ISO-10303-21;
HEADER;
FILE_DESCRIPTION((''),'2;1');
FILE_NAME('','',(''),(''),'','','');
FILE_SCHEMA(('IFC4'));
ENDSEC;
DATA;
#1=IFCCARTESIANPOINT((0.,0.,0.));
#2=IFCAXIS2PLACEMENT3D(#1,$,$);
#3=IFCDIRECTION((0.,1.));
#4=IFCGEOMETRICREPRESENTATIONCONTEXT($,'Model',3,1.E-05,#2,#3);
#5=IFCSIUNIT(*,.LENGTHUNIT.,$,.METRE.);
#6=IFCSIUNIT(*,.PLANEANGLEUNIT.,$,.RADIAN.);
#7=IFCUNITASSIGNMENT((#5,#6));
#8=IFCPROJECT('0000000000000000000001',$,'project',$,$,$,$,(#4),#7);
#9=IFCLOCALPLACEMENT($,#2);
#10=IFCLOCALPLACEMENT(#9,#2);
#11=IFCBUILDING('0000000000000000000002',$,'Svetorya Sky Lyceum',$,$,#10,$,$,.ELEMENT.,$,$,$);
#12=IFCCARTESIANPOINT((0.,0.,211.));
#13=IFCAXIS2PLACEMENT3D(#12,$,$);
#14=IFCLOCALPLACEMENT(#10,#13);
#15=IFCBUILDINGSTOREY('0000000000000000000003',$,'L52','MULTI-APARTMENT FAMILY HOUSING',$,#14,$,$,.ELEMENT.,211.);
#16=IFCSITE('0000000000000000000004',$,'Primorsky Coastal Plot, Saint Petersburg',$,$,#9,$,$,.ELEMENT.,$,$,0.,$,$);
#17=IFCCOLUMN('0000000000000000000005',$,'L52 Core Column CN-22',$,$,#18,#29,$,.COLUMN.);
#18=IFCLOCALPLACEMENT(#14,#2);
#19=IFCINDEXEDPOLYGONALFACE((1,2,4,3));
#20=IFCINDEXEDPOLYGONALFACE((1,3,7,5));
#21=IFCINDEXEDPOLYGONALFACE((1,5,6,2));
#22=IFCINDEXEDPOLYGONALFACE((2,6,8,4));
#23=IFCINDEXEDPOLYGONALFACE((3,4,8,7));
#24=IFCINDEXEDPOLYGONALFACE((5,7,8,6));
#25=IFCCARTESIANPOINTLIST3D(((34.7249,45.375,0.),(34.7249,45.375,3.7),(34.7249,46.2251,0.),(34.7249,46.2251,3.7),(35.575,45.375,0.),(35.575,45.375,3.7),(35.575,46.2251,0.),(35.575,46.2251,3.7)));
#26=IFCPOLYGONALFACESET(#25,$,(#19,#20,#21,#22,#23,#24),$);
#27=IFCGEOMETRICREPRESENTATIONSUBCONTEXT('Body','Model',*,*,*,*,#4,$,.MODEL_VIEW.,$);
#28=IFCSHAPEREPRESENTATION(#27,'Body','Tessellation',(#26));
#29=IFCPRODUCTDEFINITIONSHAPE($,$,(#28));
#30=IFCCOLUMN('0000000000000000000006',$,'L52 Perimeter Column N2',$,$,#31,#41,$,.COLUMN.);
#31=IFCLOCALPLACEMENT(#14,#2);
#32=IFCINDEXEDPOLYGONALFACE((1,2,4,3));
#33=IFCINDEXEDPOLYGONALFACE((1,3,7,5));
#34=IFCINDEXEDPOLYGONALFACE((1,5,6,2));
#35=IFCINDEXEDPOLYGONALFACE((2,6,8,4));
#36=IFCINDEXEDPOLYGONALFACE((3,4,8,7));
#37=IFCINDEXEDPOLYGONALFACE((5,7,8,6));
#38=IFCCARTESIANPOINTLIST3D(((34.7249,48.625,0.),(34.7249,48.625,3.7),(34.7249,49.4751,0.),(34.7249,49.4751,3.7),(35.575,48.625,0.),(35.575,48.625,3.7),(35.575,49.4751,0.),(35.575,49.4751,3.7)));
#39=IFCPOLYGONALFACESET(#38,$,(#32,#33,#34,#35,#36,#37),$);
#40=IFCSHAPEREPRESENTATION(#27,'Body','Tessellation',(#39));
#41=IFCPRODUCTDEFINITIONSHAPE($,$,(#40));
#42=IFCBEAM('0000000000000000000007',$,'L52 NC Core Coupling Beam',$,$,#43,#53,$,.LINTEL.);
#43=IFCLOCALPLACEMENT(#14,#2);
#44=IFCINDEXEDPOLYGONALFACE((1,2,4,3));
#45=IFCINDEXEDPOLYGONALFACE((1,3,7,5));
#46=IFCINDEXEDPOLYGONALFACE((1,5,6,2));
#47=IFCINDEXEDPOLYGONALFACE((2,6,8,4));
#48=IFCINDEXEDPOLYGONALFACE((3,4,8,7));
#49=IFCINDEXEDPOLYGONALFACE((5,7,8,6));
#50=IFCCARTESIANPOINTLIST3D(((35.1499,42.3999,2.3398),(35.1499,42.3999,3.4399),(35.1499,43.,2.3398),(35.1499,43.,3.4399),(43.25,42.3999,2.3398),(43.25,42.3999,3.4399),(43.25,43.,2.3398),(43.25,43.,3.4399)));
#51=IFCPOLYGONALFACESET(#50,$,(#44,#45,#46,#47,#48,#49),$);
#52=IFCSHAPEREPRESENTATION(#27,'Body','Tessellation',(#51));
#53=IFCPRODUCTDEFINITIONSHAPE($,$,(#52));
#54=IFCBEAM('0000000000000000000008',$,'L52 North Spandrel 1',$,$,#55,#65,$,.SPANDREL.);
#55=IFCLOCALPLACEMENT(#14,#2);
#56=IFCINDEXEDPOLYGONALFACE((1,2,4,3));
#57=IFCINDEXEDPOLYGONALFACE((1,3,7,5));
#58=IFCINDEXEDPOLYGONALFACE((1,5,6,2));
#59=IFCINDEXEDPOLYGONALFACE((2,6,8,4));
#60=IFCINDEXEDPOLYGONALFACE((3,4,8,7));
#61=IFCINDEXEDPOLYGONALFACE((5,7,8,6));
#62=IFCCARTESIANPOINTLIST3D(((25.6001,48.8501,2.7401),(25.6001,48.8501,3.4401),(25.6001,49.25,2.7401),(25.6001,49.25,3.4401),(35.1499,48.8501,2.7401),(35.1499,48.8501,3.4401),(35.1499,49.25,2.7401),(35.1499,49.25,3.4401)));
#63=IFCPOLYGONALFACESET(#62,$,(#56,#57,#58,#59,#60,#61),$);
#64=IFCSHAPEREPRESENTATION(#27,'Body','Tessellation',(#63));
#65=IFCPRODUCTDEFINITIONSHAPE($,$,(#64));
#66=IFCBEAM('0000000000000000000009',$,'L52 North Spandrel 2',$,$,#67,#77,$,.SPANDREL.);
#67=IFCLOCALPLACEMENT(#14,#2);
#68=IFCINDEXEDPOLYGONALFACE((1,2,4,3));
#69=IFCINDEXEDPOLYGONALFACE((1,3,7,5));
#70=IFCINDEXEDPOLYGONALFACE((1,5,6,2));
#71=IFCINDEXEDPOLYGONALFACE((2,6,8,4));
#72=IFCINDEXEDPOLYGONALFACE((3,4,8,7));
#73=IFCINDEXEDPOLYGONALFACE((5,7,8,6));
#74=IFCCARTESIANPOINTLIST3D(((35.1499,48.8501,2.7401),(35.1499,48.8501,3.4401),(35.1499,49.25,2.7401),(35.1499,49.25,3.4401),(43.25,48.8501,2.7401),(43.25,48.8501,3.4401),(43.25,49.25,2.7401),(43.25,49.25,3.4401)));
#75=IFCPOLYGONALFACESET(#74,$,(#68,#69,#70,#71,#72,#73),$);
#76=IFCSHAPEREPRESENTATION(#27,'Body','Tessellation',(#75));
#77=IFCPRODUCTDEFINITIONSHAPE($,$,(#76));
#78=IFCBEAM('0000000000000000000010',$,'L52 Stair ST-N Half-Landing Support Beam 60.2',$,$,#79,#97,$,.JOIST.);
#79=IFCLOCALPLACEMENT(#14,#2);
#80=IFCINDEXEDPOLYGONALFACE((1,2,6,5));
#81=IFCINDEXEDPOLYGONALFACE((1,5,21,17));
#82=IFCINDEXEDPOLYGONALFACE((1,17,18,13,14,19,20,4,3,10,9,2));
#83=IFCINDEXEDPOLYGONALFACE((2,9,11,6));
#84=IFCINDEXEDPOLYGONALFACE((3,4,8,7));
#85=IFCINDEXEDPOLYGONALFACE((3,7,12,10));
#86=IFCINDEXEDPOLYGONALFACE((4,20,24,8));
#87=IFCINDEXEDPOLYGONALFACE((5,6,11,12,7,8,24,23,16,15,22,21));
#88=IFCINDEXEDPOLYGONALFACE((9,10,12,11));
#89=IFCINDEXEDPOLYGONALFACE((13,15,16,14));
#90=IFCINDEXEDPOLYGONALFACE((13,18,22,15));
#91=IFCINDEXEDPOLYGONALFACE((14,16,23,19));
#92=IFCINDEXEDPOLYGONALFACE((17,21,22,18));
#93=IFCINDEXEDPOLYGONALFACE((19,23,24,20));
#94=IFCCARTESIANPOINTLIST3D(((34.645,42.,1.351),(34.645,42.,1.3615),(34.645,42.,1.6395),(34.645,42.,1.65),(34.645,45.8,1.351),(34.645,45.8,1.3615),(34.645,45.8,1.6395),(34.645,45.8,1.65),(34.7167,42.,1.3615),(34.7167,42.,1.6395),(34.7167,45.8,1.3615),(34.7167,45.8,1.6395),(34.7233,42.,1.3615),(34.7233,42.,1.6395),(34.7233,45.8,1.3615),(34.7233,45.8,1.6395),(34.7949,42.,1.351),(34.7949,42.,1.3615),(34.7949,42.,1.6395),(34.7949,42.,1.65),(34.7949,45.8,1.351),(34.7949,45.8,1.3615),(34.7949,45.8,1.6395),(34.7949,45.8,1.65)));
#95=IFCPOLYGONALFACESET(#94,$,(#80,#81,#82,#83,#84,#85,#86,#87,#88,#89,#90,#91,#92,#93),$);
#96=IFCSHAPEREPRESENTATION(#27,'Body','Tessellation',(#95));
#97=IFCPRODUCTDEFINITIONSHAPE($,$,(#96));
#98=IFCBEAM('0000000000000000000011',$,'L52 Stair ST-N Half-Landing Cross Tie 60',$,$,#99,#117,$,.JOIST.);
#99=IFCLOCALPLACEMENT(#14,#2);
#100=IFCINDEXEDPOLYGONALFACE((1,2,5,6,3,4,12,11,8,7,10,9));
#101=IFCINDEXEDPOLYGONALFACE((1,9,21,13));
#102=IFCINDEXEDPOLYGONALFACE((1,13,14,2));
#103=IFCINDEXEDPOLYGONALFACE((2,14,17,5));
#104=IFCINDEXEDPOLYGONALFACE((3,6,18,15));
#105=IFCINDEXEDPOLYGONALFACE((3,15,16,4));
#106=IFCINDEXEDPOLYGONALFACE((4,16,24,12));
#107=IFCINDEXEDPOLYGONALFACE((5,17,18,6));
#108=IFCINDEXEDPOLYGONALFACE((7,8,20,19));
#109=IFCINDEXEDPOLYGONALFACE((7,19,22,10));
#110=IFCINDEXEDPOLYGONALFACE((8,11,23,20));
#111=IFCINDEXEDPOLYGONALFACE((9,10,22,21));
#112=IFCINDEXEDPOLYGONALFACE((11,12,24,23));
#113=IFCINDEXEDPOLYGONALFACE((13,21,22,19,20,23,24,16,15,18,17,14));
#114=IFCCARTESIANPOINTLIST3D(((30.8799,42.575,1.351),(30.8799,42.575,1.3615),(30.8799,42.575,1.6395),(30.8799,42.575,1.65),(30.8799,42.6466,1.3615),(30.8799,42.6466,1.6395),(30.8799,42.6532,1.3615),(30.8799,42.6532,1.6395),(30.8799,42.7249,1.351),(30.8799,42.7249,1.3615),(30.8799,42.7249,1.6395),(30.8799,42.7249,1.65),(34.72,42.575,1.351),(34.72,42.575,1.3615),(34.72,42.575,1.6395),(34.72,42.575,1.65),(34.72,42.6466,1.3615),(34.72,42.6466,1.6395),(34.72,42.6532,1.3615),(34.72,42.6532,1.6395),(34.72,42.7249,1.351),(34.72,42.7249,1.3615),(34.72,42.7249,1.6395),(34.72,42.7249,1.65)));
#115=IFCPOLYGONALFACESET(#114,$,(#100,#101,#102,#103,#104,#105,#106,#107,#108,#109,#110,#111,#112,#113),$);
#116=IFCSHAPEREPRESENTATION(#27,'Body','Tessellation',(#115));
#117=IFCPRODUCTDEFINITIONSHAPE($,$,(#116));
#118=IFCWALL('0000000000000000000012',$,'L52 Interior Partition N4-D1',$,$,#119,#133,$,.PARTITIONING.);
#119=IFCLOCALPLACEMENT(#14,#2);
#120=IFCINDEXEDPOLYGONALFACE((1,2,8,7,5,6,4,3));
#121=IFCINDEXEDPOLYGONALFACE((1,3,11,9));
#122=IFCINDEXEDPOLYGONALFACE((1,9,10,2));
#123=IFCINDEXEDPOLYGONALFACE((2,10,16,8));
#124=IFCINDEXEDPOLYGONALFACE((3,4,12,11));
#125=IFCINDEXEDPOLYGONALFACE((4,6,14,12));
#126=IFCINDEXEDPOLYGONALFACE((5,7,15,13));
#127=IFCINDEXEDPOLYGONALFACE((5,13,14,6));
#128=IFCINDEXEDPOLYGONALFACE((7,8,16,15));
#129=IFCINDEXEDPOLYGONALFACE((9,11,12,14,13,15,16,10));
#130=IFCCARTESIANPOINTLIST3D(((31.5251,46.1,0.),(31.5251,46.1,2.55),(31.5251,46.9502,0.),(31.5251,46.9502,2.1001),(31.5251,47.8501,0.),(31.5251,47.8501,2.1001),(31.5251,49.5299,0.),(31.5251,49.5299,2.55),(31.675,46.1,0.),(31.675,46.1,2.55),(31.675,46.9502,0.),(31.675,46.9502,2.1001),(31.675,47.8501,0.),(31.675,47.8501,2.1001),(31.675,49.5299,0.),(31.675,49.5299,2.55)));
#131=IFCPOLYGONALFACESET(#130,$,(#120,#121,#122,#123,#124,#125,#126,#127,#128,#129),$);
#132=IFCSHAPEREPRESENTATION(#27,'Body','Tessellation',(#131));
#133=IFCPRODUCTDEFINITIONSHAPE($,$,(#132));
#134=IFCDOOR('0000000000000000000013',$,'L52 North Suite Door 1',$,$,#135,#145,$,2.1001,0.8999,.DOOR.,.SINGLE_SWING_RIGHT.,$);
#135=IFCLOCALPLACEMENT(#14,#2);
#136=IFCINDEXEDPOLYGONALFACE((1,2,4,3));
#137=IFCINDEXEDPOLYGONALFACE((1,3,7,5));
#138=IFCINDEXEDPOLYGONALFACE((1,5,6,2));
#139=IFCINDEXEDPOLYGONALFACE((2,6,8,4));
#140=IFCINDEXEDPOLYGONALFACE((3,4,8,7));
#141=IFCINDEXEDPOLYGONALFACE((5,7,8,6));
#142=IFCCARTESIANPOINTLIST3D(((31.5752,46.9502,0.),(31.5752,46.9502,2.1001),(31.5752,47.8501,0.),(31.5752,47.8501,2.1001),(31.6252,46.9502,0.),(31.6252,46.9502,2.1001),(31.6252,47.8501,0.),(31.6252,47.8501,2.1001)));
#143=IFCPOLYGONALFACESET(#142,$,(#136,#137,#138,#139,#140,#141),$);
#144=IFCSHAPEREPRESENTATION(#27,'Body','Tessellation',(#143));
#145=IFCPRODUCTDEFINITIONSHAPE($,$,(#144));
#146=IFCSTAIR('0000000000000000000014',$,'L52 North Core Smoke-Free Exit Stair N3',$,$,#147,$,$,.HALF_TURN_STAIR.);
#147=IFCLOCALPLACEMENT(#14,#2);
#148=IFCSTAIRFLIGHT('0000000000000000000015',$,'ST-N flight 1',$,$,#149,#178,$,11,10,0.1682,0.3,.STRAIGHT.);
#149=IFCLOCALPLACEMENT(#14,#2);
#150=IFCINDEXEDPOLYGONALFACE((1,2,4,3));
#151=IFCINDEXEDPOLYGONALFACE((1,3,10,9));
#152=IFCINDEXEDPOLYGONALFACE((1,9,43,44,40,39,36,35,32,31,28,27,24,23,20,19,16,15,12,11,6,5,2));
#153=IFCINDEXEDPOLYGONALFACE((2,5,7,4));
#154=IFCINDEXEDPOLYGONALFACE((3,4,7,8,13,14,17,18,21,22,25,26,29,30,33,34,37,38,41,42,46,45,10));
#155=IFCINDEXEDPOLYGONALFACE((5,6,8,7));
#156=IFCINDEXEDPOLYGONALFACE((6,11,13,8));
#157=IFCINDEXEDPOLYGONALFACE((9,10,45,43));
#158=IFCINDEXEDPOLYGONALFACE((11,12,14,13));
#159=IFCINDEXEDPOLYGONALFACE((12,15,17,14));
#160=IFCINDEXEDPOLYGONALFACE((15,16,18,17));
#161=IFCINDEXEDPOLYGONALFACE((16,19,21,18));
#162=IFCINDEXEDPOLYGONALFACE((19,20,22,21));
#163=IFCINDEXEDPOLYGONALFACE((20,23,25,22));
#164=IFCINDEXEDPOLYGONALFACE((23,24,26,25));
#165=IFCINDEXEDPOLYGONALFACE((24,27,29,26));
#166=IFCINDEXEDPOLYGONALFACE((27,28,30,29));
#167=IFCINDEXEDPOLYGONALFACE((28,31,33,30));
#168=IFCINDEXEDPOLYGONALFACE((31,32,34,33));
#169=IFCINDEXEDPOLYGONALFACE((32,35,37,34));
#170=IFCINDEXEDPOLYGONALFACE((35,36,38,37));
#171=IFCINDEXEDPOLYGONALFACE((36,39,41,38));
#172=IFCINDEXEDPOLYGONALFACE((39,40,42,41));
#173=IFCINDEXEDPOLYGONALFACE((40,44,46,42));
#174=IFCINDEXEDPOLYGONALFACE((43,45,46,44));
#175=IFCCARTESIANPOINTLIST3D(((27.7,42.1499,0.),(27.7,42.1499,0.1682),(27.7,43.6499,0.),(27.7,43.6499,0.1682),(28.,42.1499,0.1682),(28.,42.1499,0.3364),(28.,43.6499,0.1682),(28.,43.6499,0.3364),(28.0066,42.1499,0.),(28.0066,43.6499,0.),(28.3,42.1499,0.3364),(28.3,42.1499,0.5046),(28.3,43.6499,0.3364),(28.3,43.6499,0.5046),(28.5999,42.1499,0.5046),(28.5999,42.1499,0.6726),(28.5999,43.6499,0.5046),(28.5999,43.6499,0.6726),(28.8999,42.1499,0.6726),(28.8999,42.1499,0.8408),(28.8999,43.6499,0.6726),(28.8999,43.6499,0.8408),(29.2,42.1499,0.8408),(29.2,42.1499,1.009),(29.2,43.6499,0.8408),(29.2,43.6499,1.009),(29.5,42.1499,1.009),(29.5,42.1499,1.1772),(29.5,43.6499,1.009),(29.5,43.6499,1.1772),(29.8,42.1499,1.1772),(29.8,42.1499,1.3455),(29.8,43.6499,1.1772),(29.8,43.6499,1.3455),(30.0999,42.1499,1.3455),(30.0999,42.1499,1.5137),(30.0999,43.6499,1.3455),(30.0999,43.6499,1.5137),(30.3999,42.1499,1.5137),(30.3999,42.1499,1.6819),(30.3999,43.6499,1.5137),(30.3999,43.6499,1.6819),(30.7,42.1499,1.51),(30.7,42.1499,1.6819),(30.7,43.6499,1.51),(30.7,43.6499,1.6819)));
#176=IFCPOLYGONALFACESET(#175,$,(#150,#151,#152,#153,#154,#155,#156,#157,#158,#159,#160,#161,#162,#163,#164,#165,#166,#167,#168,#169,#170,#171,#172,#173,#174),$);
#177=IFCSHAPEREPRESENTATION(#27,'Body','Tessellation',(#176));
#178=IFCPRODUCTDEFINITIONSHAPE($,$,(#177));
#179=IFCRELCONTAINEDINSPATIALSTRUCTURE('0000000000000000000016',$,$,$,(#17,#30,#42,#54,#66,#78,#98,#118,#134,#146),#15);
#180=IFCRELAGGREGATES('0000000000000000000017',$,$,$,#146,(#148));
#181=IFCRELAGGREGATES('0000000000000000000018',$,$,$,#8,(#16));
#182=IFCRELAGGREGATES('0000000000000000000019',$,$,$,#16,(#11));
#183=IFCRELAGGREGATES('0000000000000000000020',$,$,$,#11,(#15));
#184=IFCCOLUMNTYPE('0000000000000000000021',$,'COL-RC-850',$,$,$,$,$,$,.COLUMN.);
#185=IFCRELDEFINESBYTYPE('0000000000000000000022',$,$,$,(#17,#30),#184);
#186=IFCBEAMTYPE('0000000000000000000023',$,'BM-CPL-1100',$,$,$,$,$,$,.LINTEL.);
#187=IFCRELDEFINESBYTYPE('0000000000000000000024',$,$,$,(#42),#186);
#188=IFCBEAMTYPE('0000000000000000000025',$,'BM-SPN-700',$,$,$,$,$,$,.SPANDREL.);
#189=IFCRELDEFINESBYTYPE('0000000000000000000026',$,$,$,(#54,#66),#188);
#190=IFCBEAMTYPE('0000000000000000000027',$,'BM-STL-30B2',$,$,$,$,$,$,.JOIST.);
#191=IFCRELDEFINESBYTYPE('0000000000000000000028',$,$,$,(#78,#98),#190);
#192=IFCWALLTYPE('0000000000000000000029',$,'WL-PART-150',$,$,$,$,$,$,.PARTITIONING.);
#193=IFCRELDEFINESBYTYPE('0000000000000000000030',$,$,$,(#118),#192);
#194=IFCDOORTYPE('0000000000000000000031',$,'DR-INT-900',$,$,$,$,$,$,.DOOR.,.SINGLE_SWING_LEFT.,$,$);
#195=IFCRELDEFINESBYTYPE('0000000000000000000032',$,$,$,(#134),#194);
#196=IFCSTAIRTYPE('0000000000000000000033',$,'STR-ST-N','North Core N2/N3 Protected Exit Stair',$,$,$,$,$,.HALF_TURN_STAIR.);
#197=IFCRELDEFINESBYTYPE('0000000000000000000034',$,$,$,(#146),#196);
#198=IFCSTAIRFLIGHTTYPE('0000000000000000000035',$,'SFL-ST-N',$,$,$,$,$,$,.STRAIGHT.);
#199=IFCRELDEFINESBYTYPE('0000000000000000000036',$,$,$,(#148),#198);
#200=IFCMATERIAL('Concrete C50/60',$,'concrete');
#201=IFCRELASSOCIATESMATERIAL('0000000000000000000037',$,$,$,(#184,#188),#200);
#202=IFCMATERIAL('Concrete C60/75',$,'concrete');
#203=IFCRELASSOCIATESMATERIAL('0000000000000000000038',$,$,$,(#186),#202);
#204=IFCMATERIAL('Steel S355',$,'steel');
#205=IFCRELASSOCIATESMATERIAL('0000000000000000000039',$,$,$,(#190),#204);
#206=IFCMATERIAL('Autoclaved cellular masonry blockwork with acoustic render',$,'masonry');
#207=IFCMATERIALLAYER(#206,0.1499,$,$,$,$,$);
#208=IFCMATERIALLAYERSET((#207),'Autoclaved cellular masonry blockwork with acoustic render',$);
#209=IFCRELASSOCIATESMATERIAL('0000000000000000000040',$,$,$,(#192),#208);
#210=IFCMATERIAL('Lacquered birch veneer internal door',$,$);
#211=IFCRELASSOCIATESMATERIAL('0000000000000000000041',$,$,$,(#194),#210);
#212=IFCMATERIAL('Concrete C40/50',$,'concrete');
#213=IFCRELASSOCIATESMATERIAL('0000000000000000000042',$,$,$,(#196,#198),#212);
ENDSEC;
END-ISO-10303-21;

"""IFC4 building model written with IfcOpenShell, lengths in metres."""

from ifc_helpers import new_model, si_unit, direction, frame, frame_2d, origin, origin_2d, place, context, subcontext, project, spatial, polyline, rectangle, i_section, outline, extrude, material, layer, layer_set, material_profile, profile_set, type_object, element, fill, aggregate, save


model = new_model("IFC4")

# Units and contexts
model_context = context("Model", 3, precision=1e-05, world=origin(), true_north=direction((0.0, 1.0)))
body_context = subcontext(model_context, "Body", "Model", "MODEL_VIEW")
ifc_project = project(units=[si_unit("LENGTHUNIT", "METRE"), si_unit("PLANEANGLEUNIT", "RADIAN")], contexts=[model_context])

# Site, building, storey
site_placement = place(None, origin())
site = spatial("IfcSite", under=ifc_project, at=site_placement, Name="Primorsky Coastal Plot, Saint Petersburg", CompositionType="ELEMENT", RefElevation=0.0)
building_placement = place(site_placement, origin())
building = spatial("IfcBuilding", under=site, at=building_placement, Name="Svetorya Sky Lyceum", CompositionType="ELEMENT")
storey_placement = place(building_placement, frame((0.0, 0.0, 211.0)))
storey = spatial("IfcBuildingStorey", under=building, at=storey_placement, Name="L52", Description="MULTI-APARTMENT FAMILY HOUSING", CompositionType="ELEMENT", Elevation=211.0)

# Columns
ifc_material_1 = material(Name="Concrete C50/60", Category="concrete")
ifc_material_profile_1 = material_profile(ifc_material_1, rectangle(XDim=0.8501, YDim=0.8501, at=origin_2d()), Name="RC COL 850x850")
ifc_profile_set_1 = profile_set([ifc_material_profile_1], Name="Concrete C50/60")
column_type = type_object("IfcColumnType", Name="COL-RC-850", PredefinedType="COLUMN", material=ifc_profile_set_1)
for number, where, z_axis, x_axis, name in (
    (1, (35.1499, 45.8, 0.0), (0.0, 0.0, 1.0), (1.0, 0.0, 0.0), "L52 Core Column CN-22"),
    (2, (35.1499, 49.05, 0.0), (0.0, 0.0, 1.0), (1.0, 0.0, 0.0), "L52 Perimeter Column N2"),
):
    element("IfcColumn", number, at=place(storey_placement, frame(where, z_axis=z_axis, x_axis=x_axis)), inside=storey, type_object=column_type, Name=name, PredefinedType="COLUMN", context=body_context, shape_type="SweptSolid", body=[
        extrude(rectangle(XDim=0.8501, YDim=0.8501, at=origin_2d()), origin(), (0.0, 0.0, 1.0), 3.7),
    ])

# Beams
ifc_material_2 = material(Name="Concrete C60/75", Category="concrete")
ifc_material_profile_2 = material_profile(ifc_material_2, rectangle(XDim=0.6001, YDim=1.1001, at=origin_2d()), Name="RC COUPLING 600x1100")
ifc_profile_set_2 = profile_set([ifc_material_profile_2], Name="Concrete C60/75")
beam_type_1 = type_object("IfcBeamType", Name="BM-CPL-1100", PredefinedType="LINTEL", material=ifc_profile_set_2)
beam_1_placement = place(storey_placement, frame((35.1499, 42.7, 2.8899), z_axis=(1.0, 0.0, 0.0), x_axis=(0.0, 1.0, 0.0)))
element("IfcBeam", 3, at=beam_1_placement, inside=storey, type_object=beam_type_1, Name="L52 NC Core Coupling Beam", PredefinedType="LINTEL", context=body_context, shape_type="SweptSolid", body=[
    extrude(rectangle(XDim=0.6001, YDim=1.1001, at=origin_2d()), origin(), (0.0, 0.0, 1.0), 8.1001),
])
ifc_material_profile_3 = material_profile(ifc_material_1, rectangle(XDim=0.3999, YDim=0.7, at=origin_2d()), Name="RC SPANDREL 400x700")
ifc_profile_set_3 = profile_set([ifc_material_profile_3], Name="Concrete C50/60")
beam_type_2 = type_object("IfcBeamType", Name="BM-SPN-700", PredefinedType="SPANDREL", material=ifc_profile_set_3)
beam_2_placement = place(storey_placement, frame((25.6001, 49.05, 3.0901), z_axis=(1.0, 0.0, 0.0), x_axis=(0.0, 1.0, 0.0)))
element("IfcBeam", 4, at=beam_2_placement, inside=storey, type_object=beam_type_2, Name="L52 North Spandrel 1", PredefinedType="SPANDREL", context=body_context, shape_type="SweptSolid", body=[
    extrude(rectangle(XDim=0.3999, YDim=0.7, at=origin_2d()), origin(), (0.0, 0.0, 1.0), 9.5498),
])
beam_3_placement = place(storey_placement, frame((35.1499, 49.05, 3.0901), z_axis=(1.0, 0.0, 0.0), x_axis=(0.0, 1.0, 0.0)))
element("IfcBeam", 5, at=beam_3_placement, inside=storey, type_object=beam_type_2, Name="L52 North Spandrel 2", PredefinedType="SPANDREL", context=body_context, shape_type="SweptSolid", body=[
    extrude(rectangle(XDim=0.3999, YDim=0.7, at=origin_2d()), origin(), (0.0, 0.0, 1.0), 8.1001),
])
ifc_material_3 = material(Name="Steel S355", Category="steel")
ifc_material_profile_4 = material_profile(ifc_material_3, i_section(OverallWidth=0.1499, OverallDepth=0.2991, WebThickness=0.0066, FlangeThickness=0.0105, at=origin_2d()), Name="GOST 30B2")
ifc_profile_set_4 = profile_set([ifc_material_profile_4], Name="Steel S355")
beam_type_3 = type_object("IfcBeamType", Name="BM-STL-30B2", PredefinedType="JOIST", material=ifc_profile_set_4)
beam_4_placement = place(storey_placement, frame((34.72, 42.0, 1.5005), z_axis=(0.0, 1.0, 0.0), x_axis=(-1.0, 0.0, 0.0)))
element("IfcBeam", 6, at=beam_4_placement, inside=storey, type_object=beam_type_3, Name="L52 Stair ST-N Half-Landing Support Beam 60.2", PredefinedType="JOIST", context=body_context, shape_type="SweptSolid", body=[
    extrude(i_section(OverallWidth=0.1499, OverallDepth=0.2991, WebThickness=0.0066, FlangeThickness=0.0105, at=origin_2d()), origin(), (0.0, 0.0, 1.0), 3.8),
])
beam_5_placement = place(storey_placement, frame((30.8799, 42.6499, 1.5005), z_axis=(1.0, 0.0, 0.0), x_axis=(0.0, 1.0, 0.0)))
element("IfcBeam", 7, at=beam_5_placement, inside=storey, type_object=beam_type_3, Name="L52 Stair ST-N Half-Landing Cross Tie 60", PredefinedType="JOIST", context=body_context, shape_type="SweptSolid", body=[
    extrude(i_section(OverallWidth=0.1499, OverallDepth=0.2991, WebThickness=0.0066, FlangeThickness=0.0105, at=origin_2d()), origin(), (0.0, 0.0, 1.0), 3.8401),
])

# Wall, opening, door
ifc_material_4 = material(Name="Autoclaved cellular masonry blockwork with acoustic render", Category="masonry")
ifc_layer = layer(ifc_material_4, 0.1499)
ifc_layer_set = layer_set([ifc_layer], Name="Autoclaved cellular masonry blockwork with acoustic render")
wall_type = type_object("IfcWallType", Name="WL-PART-150", PredefinedType="PARTITIONING", material=ifc_layer_set)
wall_placement = place(storey_placement, frame((31.6001, 46.1001, 0.0), z_axis=(0.0, 0.0, 1.0), x_axis=(0.0, 1.0, 0.0)))
wall = element("IfcWall", 8, at=wall_placement, inside=storey, type_object=wall_type, Name="L52 Interior Partition N4-D1", PredefinedType="PARTITIONING", context=body_context, shape_type="SweptSolid", body=[
    extrude(rectangle(XDim=3.4299, YDim=0.1499, at=frame_2d((1.7148, 0.0))), origin(), (0.0, 0.0, 1.0), 2.55),
])
opening_placement = place(wall_placement, frame((0.8501, 0.0, 0.0)))
opening = element("IfcOpeningElement", 9, at=opening_placement, cuts=wall, PredefinedType="OPENING", context=body_context, shape_type="SweptSolid", body=[
    extrude(rectangle(XDim=0.8999, YDim=2.1001, at=frame_2d((0.45, 1.05))), frame((0.0, 0.085, 0.0), z_axis=(0.0, -1.0, 0.0), x_axis=(1.0, 0.0, 0.0)), (0.0, 0.0, 1.0), 0.1699),
])
ifc_material_5 = material(Name="Lacquered birch veneer internal door")
door_type = type_object("IfcDoorType", Name="DR-INT-900", OperationType="SINGLE_SWING_LEFT", PredefinedType="DOOR", material=ifc_material_5)
door_placement = place(opening_placement, origin())
door = element("IfcDoor", 10, at=door_placement, inside=storey, type_object=door_type, Name="L52 North Suite Door 1", OperationType="SINGLE_SWING_RIGHT", OverallHeight=2.1001, OverallWidth=0.8999, PredefinedType="DOOR", context=body_context, shape_type="SweptSolid", body=[
    extrude(rectangle(XDim=0.8999, YDim=2.1001, at=frame_2d((0.45, 1.05))), frame((0.0, 0.0249, 0.0), z_axis=(0.0, -1.0, 0.0), x_axis=(1.0, 0.0, 0.0)), (0.0, 0.0, 1.0), 0.05),
])
fill(opening, door)

# Stair, stair flight
ifc_material_6 = material(Name="Concrete C40/50", Category="concrete")
stair_type = type_object("IfcStairType", Name="STR-ST-N", Description="North Core N2/N3 Protected Exit Stair", PredefinedType="HALF_TURN_STAIR", material=ifc_material_6)
stair_placement = place(storey_placement, origin())
stair = element("IfcStair", 11, at=stair_placement, inside=storey, type_object=stair_type, Name="L52 North Core Smoke-Free Exit Stair N3", PredefinedType="HALF_TURN_STAIR")
stair_flight_type = type_object("IfcStairFlightType", Name="SFL-ST-N", PredefinedType="STRAIGHT", material=ifc_material_6)
stair_flight_1_placement = place(storey_placement, frame((27.7, 42.8999, 0.0), z_axis=(0.0, 0.0, 1.0), x_axis=(1.0, 0.0, 0.0)))
stair_flight_1 = element("IfcStairFlight", 12, at=stair_flight_1_placement, type_object=stair_flight_type, Name="ST-N flight 1", NumberOfRisers=11, NumberOfTreads=10, PredefinedType="STRAIGHT", RiserHeight=0.1682, TreadLength=0.3, context=body_context, shape_type="SweptSolid", body=[
    extrude(outline(polyline([(0.0, 0.0), (0.0, 0.1682), (0.3, 0.1682), (0.3, 0.3364), (0.6001, 0.3364), (0.6001, 0.5046), (0.8999, 0.5046), (0.8999, 0.6726), (1.2, 0.6726), (1.2, 0.8408), (1.5, 0.8408), (1.5, 1.009), (1.8, 1.009), (1.8, 1.1772), (2.1001, 1.1772), (2.1001, 1.3455), (2.3999, 1.3455), (2.3999, 1.5137), (2.7, 1.5137), (2.7, 1.6819), (3.0, 1.6819), (3.0, 1.8501), (3.0, 1.51), (0.3066, 0.0), (0.0, 0.0)])), frame((0.0, 0.75, 0.0), z_axis=(0.0, -1.0, 0.0), x_axis=(1.0, 0.0, 0.0)), (0.0, 0.0, 1.0), 1.5),
])
aggregate(stair, [stair_flight_1])

save(model, "model.ifc")
